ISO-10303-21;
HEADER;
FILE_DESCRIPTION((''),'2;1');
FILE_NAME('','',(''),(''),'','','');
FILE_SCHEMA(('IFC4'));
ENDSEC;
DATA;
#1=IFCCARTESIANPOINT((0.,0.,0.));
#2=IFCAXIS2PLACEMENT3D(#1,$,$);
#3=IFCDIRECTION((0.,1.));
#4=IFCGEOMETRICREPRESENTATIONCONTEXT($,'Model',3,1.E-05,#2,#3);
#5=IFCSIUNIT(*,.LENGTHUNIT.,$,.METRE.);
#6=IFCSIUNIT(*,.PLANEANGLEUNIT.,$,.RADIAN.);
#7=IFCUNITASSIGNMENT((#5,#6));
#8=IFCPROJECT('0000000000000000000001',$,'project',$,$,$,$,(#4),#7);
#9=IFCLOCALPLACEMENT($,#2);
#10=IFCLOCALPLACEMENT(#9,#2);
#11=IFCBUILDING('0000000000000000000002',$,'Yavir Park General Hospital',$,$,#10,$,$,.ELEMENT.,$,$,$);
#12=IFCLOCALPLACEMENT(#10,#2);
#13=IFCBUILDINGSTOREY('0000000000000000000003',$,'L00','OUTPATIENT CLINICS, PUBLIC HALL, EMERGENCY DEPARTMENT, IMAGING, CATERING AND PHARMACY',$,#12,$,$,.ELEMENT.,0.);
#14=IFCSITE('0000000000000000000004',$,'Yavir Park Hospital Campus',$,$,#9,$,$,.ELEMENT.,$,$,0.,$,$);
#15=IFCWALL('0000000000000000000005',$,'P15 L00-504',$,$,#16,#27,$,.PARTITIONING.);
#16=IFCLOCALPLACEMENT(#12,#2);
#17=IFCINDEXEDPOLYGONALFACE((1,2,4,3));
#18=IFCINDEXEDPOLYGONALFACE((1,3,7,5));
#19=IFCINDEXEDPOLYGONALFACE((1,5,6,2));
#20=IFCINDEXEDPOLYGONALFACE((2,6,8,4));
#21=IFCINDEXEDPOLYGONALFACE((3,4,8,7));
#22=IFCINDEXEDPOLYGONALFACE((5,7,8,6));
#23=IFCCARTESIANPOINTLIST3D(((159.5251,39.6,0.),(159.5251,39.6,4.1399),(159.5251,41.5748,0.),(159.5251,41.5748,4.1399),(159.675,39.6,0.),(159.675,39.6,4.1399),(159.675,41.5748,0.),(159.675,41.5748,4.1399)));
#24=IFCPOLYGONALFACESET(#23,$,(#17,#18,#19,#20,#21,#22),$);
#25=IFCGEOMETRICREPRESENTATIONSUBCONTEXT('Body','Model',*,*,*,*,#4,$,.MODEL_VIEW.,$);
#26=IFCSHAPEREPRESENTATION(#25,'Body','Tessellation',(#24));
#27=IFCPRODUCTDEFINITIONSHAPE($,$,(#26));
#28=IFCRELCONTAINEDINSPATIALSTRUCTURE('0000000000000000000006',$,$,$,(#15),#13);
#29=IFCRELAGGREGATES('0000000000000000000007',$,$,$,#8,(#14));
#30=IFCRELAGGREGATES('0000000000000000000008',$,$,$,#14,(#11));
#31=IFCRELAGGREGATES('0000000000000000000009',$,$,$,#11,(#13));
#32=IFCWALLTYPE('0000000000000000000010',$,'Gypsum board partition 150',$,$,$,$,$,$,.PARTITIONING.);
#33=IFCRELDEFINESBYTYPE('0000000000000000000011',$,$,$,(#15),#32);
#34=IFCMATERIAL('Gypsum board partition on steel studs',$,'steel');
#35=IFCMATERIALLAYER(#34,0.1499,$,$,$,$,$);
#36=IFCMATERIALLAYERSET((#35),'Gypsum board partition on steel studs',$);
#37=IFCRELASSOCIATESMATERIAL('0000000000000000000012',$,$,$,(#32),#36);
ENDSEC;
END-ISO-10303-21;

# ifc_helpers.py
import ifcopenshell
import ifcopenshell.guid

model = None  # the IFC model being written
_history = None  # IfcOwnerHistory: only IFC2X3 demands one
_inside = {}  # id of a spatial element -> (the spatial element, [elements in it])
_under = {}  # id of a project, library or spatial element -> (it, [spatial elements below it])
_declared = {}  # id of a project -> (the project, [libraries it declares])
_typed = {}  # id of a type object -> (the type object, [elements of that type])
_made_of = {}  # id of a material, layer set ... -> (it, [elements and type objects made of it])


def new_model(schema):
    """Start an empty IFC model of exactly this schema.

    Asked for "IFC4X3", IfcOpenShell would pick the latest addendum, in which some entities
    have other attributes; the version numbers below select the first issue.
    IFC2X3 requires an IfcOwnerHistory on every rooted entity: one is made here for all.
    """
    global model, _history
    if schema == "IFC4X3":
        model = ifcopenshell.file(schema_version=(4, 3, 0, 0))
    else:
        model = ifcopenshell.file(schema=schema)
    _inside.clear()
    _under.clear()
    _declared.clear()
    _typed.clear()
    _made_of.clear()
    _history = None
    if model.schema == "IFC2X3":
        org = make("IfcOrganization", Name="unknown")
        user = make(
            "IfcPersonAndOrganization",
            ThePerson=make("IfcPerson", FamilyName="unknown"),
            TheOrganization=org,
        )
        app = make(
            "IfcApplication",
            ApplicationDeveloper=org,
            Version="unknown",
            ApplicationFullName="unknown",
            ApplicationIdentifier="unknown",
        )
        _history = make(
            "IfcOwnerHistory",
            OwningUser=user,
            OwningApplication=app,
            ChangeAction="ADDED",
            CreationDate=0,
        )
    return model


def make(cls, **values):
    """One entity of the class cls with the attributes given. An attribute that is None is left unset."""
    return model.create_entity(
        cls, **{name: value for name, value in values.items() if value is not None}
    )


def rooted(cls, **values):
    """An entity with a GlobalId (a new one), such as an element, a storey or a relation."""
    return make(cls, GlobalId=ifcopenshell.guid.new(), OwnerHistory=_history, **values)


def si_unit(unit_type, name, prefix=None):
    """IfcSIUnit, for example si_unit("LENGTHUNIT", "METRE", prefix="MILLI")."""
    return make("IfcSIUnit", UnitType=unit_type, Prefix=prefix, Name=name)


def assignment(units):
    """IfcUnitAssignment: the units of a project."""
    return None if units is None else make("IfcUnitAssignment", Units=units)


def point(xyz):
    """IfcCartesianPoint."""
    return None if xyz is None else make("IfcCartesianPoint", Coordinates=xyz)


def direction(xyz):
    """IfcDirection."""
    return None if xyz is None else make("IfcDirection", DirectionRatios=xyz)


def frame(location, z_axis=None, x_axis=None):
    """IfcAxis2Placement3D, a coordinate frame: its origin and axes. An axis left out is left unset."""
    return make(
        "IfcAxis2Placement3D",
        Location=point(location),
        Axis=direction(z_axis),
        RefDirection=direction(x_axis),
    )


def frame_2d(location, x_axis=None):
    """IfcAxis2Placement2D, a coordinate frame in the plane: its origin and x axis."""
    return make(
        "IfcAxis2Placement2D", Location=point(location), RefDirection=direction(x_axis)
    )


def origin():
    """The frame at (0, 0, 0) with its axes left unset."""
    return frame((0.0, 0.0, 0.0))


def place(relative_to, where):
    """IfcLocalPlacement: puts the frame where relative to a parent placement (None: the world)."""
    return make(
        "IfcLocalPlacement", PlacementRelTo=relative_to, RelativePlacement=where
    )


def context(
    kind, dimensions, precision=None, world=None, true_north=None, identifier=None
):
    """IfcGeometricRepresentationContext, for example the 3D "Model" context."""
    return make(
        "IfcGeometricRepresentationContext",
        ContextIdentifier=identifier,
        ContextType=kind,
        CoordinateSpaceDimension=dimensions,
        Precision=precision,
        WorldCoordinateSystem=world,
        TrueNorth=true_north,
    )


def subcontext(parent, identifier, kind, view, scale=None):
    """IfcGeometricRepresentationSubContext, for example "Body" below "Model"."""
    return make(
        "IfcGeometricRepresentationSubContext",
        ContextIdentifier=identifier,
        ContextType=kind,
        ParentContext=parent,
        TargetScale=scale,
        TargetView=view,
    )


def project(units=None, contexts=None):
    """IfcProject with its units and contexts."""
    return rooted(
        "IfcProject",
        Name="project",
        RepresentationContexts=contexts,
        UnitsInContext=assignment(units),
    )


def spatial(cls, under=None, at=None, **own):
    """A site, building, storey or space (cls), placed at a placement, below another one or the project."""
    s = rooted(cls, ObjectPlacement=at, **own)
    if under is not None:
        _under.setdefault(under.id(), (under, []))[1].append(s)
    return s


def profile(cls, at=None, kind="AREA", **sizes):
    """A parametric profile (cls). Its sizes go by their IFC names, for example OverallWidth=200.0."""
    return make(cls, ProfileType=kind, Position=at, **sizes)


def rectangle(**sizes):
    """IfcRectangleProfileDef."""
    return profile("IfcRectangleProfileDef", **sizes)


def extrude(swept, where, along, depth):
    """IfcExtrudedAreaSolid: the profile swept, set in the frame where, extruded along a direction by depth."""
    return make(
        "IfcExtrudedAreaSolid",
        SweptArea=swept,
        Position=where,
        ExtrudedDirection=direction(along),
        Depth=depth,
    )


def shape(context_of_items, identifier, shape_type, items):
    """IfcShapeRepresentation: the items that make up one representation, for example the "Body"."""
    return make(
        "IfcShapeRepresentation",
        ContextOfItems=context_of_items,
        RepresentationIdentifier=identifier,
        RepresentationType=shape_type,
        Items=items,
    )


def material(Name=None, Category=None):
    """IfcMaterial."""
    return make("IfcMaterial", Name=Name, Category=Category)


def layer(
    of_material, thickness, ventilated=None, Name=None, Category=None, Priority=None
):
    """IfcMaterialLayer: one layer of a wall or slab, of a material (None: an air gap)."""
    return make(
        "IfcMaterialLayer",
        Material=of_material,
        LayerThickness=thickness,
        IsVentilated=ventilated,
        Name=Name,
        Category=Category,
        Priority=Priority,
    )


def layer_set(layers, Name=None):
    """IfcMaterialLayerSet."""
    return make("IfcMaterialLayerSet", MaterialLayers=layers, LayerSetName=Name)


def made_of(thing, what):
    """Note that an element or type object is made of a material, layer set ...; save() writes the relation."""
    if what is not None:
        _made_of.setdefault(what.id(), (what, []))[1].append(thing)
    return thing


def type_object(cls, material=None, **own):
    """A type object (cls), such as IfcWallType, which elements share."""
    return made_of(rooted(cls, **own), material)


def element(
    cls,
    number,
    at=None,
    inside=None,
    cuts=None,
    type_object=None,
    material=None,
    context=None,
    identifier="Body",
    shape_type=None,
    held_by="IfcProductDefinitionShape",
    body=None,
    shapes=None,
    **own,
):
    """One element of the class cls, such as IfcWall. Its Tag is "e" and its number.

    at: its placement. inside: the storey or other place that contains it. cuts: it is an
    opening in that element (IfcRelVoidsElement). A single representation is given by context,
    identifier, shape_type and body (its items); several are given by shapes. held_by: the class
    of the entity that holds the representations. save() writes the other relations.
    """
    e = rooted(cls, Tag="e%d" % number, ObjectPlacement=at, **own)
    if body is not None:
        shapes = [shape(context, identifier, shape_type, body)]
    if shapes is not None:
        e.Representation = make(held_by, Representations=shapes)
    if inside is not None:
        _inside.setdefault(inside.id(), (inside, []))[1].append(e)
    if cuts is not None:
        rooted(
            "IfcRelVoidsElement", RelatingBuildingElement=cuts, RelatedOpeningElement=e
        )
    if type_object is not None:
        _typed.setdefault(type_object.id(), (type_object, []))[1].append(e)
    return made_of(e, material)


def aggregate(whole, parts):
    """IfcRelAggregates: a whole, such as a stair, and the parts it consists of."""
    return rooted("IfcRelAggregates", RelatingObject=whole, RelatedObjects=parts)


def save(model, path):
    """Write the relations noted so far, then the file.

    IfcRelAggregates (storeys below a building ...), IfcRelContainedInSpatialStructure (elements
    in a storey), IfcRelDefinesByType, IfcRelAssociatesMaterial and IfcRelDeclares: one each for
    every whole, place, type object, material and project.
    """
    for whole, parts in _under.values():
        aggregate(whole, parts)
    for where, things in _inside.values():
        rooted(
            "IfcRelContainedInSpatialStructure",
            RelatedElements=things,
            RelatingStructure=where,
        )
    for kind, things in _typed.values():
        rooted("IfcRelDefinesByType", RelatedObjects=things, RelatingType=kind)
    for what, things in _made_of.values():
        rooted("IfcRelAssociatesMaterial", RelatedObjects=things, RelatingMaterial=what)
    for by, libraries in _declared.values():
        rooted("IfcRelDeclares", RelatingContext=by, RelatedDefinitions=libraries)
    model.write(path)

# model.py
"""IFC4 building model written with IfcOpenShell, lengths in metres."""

from ifc_helpers import new_model, si_unit, direction, frame, frame_2d, origin, place, context, subcontext, project, spatial, rectangle, extrude, material, layer, layer_set, type_object, element, save


model = new_model("IFC4")

# Units and contexts
model_context = context("Model", 3, precision=1e-05, world=origin(), true_north=direction((0.0, 1.0)))
body_context = subcontext(model_context, "Body", "Model", "MODEL_VIEW")
ifc_project = project(units=[si_unit("LENGTHUNIT", "METRE"), si_unit("PLANEANGLEUNIT", "RADIAN")], contexts=[model_context])

# Site, building, storey
site_placement = place(None, origin())
site = spatial("IfcSite", under=ifc_project, at=site_placement, Name="Yavir Park Hospital Campus", CompositionType="ELEMENT", RefElevation=0.0)
building_placement = place(site_placement, origin())
building = spatial("IfcBuilding", under=site, at=building_placement, Name="Yavir Park General Hospital", CompositionType="ELEMENT")
storey_placement = place(building_placement, origin())
storey = spatial("IfcBuildingStorey", under=building, at=storey_placement, Name="L00", Description="OUTPATIENT CLINICS, PUBLIC HALL, EMERGENCY DEPARTMENT, IMAGING, CATERING AND PHARMACY", CompositionType="ELEMENT", Elevation=0.0)

# Shared definitions
ifc_material_1 = material(Name="Gypsum board partition on steel studs", Category="steel")
ifc_layer_1 = layer(ifc_material_1, 0.1499)
ifc_layer_set_1 = layer_set([ifc_layer_1], Name="Gypsum board partition on steel studs")
wall_type_1 = type_object("IfcWallType", Name="Gypsum board partition 150", PredefinedType="PARTITIONING", material=ifc_layer_set_1)

# Wall
wall_1_placement = place(storey_placement, frame((159.6001, 39.6001, 0.0), z_axis=(0.0, 0.0, 1.0), x_axis=(0.0, 1.0, 0.0)))
element("IfcWall", 1, at=wall_1_placement, inside=storey, type_object=wall_type_1, Name="P15 L00-504", PredefinedType="PARTITIONING", context=body_context, shape_type="SweptSolid", body=[
    extrude(rectangle(XDim=1.9749, YDim=0.1499, at=frame_2d((0.9873, 0.0))), origin(), (0.0, 0.0, 1.0), 4.1399),
])

save(model, "model.ifc")
